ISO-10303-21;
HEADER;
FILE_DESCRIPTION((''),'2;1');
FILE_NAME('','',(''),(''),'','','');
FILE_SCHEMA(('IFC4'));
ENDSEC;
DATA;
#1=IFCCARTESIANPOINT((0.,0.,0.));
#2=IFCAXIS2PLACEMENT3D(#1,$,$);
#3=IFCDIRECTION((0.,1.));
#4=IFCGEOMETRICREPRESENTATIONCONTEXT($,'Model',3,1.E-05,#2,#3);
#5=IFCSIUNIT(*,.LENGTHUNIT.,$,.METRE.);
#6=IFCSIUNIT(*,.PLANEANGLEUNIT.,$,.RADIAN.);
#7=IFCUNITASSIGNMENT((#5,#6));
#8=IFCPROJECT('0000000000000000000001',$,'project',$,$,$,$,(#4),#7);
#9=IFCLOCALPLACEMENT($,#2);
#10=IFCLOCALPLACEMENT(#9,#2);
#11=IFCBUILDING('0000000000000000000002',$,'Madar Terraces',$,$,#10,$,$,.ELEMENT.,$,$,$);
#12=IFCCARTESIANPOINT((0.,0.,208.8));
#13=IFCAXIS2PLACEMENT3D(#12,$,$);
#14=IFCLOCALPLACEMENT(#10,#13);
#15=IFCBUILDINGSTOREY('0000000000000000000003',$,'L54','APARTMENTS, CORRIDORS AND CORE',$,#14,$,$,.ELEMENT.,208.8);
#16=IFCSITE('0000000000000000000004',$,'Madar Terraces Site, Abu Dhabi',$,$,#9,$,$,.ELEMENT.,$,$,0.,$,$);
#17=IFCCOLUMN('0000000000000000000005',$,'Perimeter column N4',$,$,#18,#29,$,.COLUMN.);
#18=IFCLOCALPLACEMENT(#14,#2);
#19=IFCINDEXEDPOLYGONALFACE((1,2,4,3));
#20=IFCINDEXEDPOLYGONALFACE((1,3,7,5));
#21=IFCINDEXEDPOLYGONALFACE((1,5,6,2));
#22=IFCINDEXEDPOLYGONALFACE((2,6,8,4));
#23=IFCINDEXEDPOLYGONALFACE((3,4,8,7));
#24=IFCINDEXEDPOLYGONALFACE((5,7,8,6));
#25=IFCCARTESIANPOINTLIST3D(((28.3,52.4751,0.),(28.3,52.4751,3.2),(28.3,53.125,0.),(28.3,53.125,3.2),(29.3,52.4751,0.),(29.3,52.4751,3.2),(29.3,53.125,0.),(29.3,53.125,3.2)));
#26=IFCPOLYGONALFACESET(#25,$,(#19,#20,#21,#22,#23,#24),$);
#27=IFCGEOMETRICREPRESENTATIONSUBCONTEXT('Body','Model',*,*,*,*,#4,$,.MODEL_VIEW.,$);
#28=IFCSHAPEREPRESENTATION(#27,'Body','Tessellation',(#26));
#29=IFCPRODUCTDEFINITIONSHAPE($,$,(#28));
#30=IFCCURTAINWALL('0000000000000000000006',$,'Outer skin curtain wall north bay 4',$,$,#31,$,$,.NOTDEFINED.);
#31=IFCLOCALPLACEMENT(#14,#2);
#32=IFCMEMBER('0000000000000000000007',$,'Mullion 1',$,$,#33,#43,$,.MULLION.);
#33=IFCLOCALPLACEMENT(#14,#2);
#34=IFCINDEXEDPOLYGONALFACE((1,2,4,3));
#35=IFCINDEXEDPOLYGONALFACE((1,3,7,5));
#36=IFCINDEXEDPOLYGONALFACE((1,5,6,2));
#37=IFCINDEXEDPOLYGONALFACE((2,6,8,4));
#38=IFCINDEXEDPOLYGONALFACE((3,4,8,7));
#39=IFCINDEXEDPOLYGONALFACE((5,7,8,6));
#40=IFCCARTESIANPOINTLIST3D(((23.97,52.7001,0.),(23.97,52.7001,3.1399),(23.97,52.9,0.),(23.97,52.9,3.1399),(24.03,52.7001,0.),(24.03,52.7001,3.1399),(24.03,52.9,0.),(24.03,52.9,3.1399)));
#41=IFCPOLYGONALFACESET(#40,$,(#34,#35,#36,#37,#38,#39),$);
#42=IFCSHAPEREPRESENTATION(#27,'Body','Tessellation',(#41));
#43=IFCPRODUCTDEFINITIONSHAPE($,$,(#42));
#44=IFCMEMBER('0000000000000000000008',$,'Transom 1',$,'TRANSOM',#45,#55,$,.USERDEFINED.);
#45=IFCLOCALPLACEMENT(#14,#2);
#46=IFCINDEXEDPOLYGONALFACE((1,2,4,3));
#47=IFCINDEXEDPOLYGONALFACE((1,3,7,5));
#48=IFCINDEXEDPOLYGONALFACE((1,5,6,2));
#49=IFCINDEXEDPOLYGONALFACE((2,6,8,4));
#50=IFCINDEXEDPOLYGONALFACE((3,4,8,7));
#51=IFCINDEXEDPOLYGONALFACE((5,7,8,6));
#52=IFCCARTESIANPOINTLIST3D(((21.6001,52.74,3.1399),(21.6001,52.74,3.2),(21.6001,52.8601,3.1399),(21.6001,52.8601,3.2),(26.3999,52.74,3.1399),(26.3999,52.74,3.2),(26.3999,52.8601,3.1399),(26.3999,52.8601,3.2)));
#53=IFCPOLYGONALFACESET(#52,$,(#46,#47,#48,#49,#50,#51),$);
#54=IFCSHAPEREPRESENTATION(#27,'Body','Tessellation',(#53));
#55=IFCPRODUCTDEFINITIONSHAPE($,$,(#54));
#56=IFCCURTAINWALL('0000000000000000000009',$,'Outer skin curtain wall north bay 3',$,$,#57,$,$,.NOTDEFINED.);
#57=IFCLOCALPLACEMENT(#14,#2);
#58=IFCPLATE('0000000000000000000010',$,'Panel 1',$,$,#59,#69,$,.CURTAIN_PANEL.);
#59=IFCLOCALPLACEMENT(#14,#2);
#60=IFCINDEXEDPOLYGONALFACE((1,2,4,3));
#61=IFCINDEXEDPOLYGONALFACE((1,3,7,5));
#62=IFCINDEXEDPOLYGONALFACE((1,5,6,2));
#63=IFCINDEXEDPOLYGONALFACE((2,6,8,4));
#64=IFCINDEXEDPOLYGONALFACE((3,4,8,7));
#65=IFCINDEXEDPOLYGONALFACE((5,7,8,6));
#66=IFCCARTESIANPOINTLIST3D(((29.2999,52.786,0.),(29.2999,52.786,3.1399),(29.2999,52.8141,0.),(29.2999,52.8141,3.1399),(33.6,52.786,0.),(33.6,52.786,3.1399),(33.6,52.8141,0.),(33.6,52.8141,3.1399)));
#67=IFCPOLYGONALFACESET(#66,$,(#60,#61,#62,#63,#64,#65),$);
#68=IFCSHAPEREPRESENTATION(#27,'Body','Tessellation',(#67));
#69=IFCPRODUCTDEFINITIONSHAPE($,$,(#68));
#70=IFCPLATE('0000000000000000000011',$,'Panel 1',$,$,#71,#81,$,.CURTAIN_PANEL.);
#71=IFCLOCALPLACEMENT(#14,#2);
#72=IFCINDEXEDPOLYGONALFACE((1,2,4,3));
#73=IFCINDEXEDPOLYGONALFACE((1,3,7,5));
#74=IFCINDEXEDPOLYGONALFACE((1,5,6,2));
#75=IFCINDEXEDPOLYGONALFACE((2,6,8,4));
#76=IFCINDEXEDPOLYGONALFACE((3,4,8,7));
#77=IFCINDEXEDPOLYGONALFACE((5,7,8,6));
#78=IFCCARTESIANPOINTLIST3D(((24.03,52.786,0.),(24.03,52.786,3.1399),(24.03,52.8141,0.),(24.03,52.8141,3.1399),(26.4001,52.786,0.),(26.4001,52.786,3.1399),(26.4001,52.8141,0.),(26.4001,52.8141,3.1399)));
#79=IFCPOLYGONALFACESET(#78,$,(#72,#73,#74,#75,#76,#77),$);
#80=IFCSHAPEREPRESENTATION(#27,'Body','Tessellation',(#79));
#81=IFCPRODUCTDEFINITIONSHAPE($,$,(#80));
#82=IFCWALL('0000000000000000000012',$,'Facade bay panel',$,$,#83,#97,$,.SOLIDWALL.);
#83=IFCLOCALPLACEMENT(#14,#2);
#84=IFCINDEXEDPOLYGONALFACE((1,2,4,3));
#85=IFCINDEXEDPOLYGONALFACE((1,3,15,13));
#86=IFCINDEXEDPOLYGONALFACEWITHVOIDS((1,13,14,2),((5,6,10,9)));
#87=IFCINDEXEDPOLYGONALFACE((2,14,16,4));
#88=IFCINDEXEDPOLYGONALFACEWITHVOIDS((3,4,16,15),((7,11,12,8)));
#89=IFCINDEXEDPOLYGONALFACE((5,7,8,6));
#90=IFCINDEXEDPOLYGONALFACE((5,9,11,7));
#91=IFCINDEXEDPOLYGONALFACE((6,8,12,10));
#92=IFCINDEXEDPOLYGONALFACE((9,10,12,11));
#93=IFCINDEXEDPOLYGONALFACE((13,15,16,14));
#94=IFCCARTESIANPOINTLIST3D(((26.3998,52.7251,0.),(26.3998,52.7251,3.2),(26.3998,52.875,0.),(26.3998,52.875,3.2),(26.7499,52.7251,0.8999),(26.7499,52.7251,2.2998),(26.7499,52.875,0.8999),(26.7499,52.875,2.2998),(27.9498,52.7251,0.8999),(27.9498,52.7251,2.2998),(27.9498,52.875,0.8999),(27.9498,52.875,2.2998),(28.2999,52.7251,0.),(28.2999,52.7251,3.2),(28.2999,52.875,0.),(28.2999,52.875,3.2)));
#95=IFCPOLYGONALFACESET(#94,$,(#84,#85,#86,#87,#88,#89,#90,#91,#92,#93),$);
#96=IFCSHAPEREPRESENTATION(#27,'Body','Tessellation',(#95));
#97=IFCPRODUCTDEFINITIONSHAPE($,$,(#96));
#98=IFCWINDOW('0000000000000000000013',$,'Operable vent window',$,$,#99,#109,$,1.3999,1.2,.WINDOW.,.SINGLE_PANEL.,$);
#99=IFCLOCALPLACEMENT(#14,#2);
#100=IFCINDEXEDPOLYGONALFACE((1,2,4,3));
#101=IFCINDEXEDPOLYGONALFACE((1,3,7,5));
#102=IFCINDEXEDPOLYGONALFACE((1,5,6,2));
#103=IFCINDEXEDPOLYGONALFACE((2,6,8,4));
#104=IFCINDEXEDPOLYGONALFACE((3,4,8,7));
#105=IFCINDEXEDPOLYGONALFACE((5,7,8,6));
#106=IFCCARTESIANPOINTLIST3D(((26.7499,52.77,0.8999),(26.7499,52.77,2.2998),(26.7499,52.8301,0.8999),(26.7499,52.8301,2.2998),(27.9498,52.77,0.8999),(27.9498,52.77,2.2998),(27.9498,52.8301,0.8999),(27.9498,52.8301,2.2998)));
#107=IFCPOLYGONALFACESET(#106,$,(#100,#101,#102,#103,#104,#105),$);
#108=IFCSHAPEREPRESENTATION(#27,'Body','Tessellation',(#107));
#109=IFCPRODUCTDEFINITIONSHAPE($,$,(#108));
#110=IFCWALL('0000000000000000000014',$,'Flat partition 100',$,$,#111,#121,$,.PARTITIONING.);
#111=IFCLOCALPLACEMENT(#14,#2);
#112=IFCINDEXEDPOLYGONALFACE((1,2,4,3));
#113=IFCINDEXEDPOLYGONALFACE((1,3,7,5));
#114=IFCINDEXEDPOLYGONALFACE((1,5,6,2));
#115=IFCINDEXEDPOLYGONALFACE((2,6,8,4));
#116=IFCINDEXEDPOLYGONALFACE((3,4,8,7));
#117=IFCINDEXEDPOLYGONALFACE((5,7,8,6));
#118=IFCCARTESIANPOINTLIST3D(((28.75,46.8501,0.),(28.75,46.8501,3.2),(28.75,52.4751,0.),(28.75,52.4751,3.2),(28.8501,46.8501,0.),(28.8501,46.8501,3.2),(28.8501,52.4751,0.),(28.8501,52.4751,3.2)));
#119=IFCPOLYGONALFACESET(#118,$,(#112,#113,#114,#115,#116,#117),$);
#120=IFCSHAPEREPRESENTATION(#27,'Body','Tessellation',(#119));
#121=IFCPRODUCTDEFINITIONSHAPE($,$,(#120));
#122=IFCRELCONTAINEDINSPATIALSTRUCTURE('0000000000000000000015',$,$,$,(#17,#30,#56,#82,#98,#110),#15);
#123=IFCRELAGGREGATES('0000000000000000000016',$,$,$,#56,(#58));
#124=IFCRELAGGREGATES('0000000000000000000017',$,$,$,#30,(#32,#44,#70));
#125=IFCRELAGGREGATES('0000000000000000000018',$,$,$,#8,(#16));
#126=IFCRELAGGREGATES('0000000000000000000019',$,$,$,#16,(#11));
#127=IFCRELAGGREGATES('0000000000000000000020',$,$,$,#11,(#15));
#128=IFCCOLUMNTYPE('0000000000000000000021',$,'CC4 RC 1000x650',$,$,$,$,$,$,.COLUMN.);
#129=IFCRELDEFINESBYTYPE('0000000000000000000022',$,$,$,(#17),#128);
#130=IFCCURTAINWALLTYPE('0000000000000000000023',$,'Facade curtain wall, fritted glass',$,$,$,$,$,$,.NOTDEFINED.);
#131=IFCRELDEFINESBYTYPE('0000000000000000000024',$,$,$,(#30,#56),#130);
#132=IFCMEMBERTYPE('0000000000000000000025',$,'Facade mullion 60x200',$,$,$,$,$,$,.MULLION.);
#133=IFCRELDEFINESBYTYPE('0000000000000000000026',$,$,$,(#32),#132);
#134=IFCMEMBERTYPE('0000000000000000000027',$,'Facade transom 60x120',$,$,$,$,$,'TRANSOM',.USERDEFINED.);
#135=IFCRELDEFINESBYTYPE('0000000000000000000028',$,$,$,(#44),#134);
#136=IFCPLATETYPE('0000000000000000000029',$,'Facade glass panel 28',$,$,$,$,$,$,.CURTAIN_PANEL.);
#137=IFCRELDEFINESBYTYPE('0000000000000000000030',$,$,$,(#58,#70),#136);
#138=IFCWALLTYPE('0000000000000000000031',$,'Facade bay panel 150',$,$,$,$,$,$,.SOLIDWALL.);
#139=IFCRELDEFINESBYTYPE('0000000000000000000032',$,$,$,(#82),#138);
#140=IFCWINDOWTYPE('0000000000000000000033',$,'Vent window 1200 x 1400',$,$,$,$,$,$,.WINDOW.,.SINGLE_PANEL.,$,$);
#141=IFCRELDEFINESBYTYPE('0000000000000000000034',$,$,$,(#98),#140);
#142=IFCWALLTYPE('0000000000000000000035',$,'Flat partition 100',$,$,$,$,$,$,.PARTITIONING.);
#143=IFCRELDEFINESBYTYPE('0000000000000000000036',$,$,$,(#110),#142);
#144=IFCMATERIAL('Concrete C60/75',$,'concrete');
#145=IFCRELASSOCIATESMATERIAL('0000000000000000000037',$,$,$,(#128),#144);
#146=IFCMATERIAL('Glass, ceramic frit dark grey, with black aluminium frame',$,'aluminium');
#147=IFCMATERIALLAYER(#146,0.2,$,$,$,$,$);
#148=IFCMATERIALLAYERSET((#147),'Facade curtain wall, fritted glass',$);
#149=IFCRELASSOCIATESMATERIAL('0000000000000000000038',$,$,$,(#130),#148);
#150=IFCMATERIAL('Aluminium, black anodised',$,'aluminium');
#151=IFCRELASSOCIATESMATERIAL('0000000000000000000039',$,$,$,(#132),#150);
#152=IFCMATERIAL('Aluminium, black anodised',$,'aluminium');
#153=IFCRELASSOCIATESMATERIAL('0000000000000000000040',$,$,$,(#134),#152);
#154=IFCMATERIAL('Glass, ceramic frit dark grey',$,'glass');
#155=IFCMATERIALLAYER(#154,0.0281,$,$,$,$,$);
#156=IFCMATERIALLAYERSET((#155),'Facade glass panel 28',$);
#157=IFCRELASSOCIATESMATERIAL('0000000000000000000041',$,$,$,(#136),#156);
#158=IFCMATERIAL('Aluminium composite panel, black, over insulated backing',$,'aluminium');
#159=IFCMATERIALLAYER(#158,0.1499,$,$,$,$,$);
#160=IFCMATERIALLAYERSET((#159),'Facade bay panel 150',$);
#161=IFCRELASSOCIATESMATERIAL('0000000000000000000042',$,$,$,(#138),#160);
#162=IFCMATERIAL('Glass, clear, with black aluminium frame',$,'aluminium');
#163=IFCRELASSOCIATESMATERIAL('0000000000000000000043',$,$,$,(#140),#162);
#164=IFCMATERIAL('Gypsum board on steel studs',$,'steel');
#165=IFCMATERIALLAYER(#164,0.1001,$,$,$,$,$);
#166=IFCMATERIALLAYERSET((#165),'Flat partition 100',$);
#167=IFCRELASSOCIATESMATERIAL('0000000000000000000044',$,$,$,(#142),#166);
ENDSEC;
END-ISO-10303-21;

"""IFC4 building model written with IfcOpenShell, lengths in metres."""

from ifc_helpers import new_model, si_unit, direction, frame, frame_2d, origin, origin_2d, place, context, subcontext, project, spatial, rectangle, extrude, material, layer, layer_set, material_profile, profile_set, type_object, element, fill, aggregate, save


model = new_model("IFC4")

# Units and contexts
model_context = context("Model", 3, precision=1e-05, world=origin(), true_north=direction((0.0, 1.0)))
body_context = subcontext(model_context, "Body", "Model", "MODEL_VIEW")
ifc_project = project(units=[si_unit("LENGTHUNIT", "METRE"), si_unit("PLANEANGLEUNIT", "RADIAN")], contexts=[model_context])

# Site, building, storey
site_placement = place(None, origin())
site = spatial("IfcSite", under=ifc_project, at=site_placement, Name="Madar Terraces Site, Abu Dhabi", CompositionType="ELEMENT", RefElevation=0.0)
building_placement = place(site_placement, origin())
building = spatial("IfcBuilding", under=site, at=building_placement, Name="Madar Terraces", CompositionType="ELEMENT")
storey_placement = place(building_placement, frame((0.0, 0.0, 208.8)))
storey = spatial("IfcBuildingStorey", under=building, at=storey_placement, Name="L54", Description="APARTMENTS, CORRIDORS AND CORE", CompositionType="ELEMENT", Elevation=208.8)

# Column
ifc_material_1 = material(Name="Concrete C60/75", Category="concrete")
ifc_material_profile_1 = material_profile(ifc_material_1, rectangle(XDim=1.0, YDim=0.6499, at=origin_2d()), Name="CC4 RC 1000x650")
ifc_profile_set_1 = profile_set([ifc_material_profile_1], Name="Concrete C60/75")
column_type = type_object("IfcColumnType", Name="CC4 RC 1000x650", PredefinedType="COLUMN", material=ifc_profile_set_1)
column_placement = place(storey_placement, frame((28.8, 52.8, 0.0), z_axis=(0.0, 0.0, 1.0), x_axis=(1.0, 0.0, 0.0)))
element("IfcColumn", 1, at=column_placement, inside=storey, type_object=column_type, Name="Perimeter column N4", PredefinedType="COLUMN", context=body_context, shape_type="SweptSolid", body=[
    extrude(rectangle(XDim=1.0, YDim=0.6499, at=origin_2d()), origin(), (0.0, 0.0, 1.0), 3.2),
])

# Curtain wall, members
ifc_material_2 = material(Name="Glass, ceramic frit dark grey, with black aluminium frame", Category="aluminium")
ifc_layer_1 = layer(ifc_material_2, 0.2)
ifc_layer_set_1 = layer_set([ifc_layer_1], Name="Facade curtain wall, fritted glass")
curtain_wall_type = type_object("IfcCurtainWallType", Name="Facade curtain wall, fritted glass", PredefinedType="NOTDEFINED", material=ifc_layer_set_1)
curtain_wall_1_placement = place(storey_placement, origin())
curtain_wall_1 = element("IfcCurtainWall", 2, at=curtain_wall_1_placement, inside=storey, type_object=curtain_wall_type, Name="Outer skin curtain wall north bay 4", PredefinedType="NOTDEFINED")
ifc_material_3 = material(Name="Aluminium, black anodised", Category="aluminium")
ifc_material_profile_2 = material_profile(ifc_material_3, rectangle(XDim=0.2, YDim=0.0601, at=origin_2d()), Name="Facade mullion 60x200")
ifc_profile_set_2 = profile_set([ifc_material_profile_2], Name="Aluminium, black anodised")
member_type_1 = type_object("IfcMemberType", Name="Facade mullion 60x200", PredefinedType="MULLION", material=ifc_profile_set_2)
member_1_placement = place(storey_placement, frame((24.0, 52.8, 0.0), z_axis=(0.0, 0.0, 1.0), x_axis=(0.0, -1.0, 0.0)))
member_1 = element("IfcMember", 3, at=member_1_placement, type_object=member_type_1, Name="Mullion 1", PredefinedType="MULLION", context=body_context, shape_type="SweptSolid", body=[
    extrude(rectangle(XDim=0.2, YDim=0.0601, at=origin_2d()), origin(), (0.0, 0.0, 1.0), 3.1399),
])
ifc_material_4 = material(Name="Aluminium, black anodised", Category="aluminium")
ifc_material_profile_3 = material_profile(ifc_material_4, rectangle(XDim=0.1201, YDim=0.0601, at=origin_2d()), Name="Facade transom 60x120")
ifc_profile_set_3 = profile_set([ifc_material_profile_3], Name="Aluminium, black anodised")
member_type_2 = type_object("IfcMemberType", Name="Facade transom 60x120", ElementType="TRANSOM", PredefinedType="USERDEFINED", material=ifc_profile_set_3)
member_2_placement = place(storey_placement, frame((26.3999, 52.8, 3.1699), z_axis=(-1.0, 0.0, 0.0), x_axis=(0.0, -1.0, 0.0)))
member_2 = element("IfcMember", 4, at=member_2_placement, type_object=member_type_2, Name="Transom 1", ObjectType="TRANSOM", PredefinedType="USERDEFINED", context=body_context, shape_type="SweptSolid", body=[
    extrude(rectangle(XDim=0.1201, YDim=0.0601, at=origin_2d()), origin(), (0.0, 0.0, 1.0), 4.7998),
])

# Curtain wall, plate
curtain_wall_2_placement = place(storey_placement, origin())
curtain_wall_2 = element("IfcCurtainWall", 5, at=curtain_wall_2_placement, inside=storey, type_object=curtain_wall_type, Name="Outer skin curtain wall north bay 3", PredefinedType="NOTDEFINED")
ifc_material_5 = material(Name="Glass, ceramic frit dark grey", Category="glass")
ifc_layer_2 = layer(ifc_material_5, 0.0281)
ifc_layer_set_2 = layer_set([ifc_layer_2], Name="Facade glass panel 28")
plate_type = type_object("IfcPlateType", Name="Facade glass panel 28", PredefinedType="CURTAIN_PANEL", material=ifc_layer_set_2)
plate_1_placement = place(storey_placement, frame((31.45, 52.8, 0.0), z_axis=(0.0, 0.0, 1.0), x_axis=(-1.0, 0.0, 0.0)))
plate_1 = element("IfcPlate", 6, at=plate_1_placement, type_object=plate_type, Name="Panel 1", PredefinedType="CURTAIN_PANEL", context=body_context, shape_type="SweptSolid", body=[
    extrude(rectangle(XDim=4.3, YDim=0.0281, at=origin_2d()), origin(), (0.0, 0.0, 1.0), 3.1399),
])
aggregate(curtain_wall_2, [plate_1])

# Plate
plate_2_placement = place(storey_placement, frame((25.2151, 52.8, 0.0), z_axis=(0.0, 0.0, 1.0), x_axis=(-1.0, 0.0, 0.0)))
plate_2 = element("IfcPlate", 7, at=plate_2_placement, type_object=plate_type, Name="Panel 1", PredefinedType="CURTAIN_PANEL", context=body_context, shape_type="SweptSolid", body=[
    extrude(rectangle(XDim=2.3701, YDim=0.0281, at=origin_2d()), origin(), (0.0, 0.0, 1.0), 3.1399),
])
aggregate(curtain_wall_1, [member_1, member_2, plate_2])

# Wall, opening, window
ifc_material_6 = material(Name="Aluminium composite panel, black, over insulated backing", Category="aluminium")
ifc_layer_3 = layer(ifc_material_6, 0.1499)
ifc_layer_set_3 = layer_set([ifc_layer_3], Name="Facade bay panel 150")
wall_type_1 = type_object("IfcWallType", Name="Facade bay panel 150", PredefinedType="SOLIDWALL", material=ifc_layer_set_3)
wall_1_placement = place(storey_placement, frame((28.3, 52.8, 0.0), z_axis=(0.0, 0.0, 1.0), x_axis=(-1.0, 0.0, 0.0)))
wall_1 = element("IfcWall", 8, at=wall_1_placement, inside=storey, type_object=wall_type_1, Name="Facade bay panel", PredefinedType="SOLIDWALL", context=body_context, shape_type="SweptSolid", body=[
    extrude(rectangle(XDim=1.9001, YDim=0.1499, at=frame_2d((0.9502, 0.0))), origin(), (0.0, 0.0, 1.0), 3.2),
])
opening_1_placement = place(wall_1_placement, frame((0.3501, 0.0, 0.8999)))
opening_1 = element("IfcOpeningElement", 9, at=opening_1_placement, cuts=wall_1, PredefinedType="OPENING", context=body_context, shape_type="SweptSolid", body=[
    extrude(rectangle(XDim=1.2, YDim=1.3999, at=frame_2d((0.6001, 0.7))), frame((0.0, 0.085, 0.0), z_axis=(0.0, -1.0, 0.0), x_axis=(1.0, 0.0, 0.0)), (0.0, 0.0, 1.0), 0.1699),
])
ifc_material_7 = material(Name="Glass, clear, with black aluminium frame", Category="aluminium")
window_type = type_object("IfcWindowType", Name="Vent window 1200 x 1400", PartitioningType="SINGLE_PANEL", PredefinedType="WINDOW", material=ifc_material_7)
window_placement = place(opening_1_placement, origin())
window = element("IfcWindow", 10, at=window_placement, inside=storey, type_object=window_type, Name="Operable vent window", OverallHeight=1.3999, OverallWidth=1.2, PartitioningType="SINGLE_PANEL", PredefinedType="WINDOW", context=body_context, shape_type="SweptSolid", body=[
    extrude(rectangle(XDim=1.2, YDim=1.3999, at=frame_2d((0.6001, 0.7))), frame((0.0, 0.03, 0.0), z_axis=(0.0, -1.0, 0.0), x_axis=(1.0, 0.0, 0.0)), (0.0, 0.0, 1.0), 0.0601),
])
fill(opening_1, window)

# Wall
ifc_material_8 = material(Name="Gypsum board on steel studs", Category="steel")
ifc_layer_4 = layer(ifc_material_8, 0.1001)
ifc_layer_set_4 = layer_set([ifc_layer_4], Name="Flat partition 100")
wall_type_2 = type_object("IfcWallType", Name="Flat partition 100", PredefinedType="PARTITIONING", material=ifc_layer_set_4)
wall_2_placement = place(storey_placement, frame((28.8, 46.8501, 0.0), z_axis=(0.0, 0.0, 1.0), x_axis=(0.0, 1.0, 0.0)))
element("IfcWall", 11, at=wall_2_placement, inside=storey, type_object=wall_type_2, Name="Flat partition 100", PredefinedType="PARTITIONING", context=body_context, shape_type="SweptSolid", body=[
    extrude(rectangle(XDim=5.625, YDim=0.1001, at=frame_2d((2.8125, 0.0))), origin(), (0.0, 0.0, 1.0), 3.2),
])

save(model, "model.ifc")
